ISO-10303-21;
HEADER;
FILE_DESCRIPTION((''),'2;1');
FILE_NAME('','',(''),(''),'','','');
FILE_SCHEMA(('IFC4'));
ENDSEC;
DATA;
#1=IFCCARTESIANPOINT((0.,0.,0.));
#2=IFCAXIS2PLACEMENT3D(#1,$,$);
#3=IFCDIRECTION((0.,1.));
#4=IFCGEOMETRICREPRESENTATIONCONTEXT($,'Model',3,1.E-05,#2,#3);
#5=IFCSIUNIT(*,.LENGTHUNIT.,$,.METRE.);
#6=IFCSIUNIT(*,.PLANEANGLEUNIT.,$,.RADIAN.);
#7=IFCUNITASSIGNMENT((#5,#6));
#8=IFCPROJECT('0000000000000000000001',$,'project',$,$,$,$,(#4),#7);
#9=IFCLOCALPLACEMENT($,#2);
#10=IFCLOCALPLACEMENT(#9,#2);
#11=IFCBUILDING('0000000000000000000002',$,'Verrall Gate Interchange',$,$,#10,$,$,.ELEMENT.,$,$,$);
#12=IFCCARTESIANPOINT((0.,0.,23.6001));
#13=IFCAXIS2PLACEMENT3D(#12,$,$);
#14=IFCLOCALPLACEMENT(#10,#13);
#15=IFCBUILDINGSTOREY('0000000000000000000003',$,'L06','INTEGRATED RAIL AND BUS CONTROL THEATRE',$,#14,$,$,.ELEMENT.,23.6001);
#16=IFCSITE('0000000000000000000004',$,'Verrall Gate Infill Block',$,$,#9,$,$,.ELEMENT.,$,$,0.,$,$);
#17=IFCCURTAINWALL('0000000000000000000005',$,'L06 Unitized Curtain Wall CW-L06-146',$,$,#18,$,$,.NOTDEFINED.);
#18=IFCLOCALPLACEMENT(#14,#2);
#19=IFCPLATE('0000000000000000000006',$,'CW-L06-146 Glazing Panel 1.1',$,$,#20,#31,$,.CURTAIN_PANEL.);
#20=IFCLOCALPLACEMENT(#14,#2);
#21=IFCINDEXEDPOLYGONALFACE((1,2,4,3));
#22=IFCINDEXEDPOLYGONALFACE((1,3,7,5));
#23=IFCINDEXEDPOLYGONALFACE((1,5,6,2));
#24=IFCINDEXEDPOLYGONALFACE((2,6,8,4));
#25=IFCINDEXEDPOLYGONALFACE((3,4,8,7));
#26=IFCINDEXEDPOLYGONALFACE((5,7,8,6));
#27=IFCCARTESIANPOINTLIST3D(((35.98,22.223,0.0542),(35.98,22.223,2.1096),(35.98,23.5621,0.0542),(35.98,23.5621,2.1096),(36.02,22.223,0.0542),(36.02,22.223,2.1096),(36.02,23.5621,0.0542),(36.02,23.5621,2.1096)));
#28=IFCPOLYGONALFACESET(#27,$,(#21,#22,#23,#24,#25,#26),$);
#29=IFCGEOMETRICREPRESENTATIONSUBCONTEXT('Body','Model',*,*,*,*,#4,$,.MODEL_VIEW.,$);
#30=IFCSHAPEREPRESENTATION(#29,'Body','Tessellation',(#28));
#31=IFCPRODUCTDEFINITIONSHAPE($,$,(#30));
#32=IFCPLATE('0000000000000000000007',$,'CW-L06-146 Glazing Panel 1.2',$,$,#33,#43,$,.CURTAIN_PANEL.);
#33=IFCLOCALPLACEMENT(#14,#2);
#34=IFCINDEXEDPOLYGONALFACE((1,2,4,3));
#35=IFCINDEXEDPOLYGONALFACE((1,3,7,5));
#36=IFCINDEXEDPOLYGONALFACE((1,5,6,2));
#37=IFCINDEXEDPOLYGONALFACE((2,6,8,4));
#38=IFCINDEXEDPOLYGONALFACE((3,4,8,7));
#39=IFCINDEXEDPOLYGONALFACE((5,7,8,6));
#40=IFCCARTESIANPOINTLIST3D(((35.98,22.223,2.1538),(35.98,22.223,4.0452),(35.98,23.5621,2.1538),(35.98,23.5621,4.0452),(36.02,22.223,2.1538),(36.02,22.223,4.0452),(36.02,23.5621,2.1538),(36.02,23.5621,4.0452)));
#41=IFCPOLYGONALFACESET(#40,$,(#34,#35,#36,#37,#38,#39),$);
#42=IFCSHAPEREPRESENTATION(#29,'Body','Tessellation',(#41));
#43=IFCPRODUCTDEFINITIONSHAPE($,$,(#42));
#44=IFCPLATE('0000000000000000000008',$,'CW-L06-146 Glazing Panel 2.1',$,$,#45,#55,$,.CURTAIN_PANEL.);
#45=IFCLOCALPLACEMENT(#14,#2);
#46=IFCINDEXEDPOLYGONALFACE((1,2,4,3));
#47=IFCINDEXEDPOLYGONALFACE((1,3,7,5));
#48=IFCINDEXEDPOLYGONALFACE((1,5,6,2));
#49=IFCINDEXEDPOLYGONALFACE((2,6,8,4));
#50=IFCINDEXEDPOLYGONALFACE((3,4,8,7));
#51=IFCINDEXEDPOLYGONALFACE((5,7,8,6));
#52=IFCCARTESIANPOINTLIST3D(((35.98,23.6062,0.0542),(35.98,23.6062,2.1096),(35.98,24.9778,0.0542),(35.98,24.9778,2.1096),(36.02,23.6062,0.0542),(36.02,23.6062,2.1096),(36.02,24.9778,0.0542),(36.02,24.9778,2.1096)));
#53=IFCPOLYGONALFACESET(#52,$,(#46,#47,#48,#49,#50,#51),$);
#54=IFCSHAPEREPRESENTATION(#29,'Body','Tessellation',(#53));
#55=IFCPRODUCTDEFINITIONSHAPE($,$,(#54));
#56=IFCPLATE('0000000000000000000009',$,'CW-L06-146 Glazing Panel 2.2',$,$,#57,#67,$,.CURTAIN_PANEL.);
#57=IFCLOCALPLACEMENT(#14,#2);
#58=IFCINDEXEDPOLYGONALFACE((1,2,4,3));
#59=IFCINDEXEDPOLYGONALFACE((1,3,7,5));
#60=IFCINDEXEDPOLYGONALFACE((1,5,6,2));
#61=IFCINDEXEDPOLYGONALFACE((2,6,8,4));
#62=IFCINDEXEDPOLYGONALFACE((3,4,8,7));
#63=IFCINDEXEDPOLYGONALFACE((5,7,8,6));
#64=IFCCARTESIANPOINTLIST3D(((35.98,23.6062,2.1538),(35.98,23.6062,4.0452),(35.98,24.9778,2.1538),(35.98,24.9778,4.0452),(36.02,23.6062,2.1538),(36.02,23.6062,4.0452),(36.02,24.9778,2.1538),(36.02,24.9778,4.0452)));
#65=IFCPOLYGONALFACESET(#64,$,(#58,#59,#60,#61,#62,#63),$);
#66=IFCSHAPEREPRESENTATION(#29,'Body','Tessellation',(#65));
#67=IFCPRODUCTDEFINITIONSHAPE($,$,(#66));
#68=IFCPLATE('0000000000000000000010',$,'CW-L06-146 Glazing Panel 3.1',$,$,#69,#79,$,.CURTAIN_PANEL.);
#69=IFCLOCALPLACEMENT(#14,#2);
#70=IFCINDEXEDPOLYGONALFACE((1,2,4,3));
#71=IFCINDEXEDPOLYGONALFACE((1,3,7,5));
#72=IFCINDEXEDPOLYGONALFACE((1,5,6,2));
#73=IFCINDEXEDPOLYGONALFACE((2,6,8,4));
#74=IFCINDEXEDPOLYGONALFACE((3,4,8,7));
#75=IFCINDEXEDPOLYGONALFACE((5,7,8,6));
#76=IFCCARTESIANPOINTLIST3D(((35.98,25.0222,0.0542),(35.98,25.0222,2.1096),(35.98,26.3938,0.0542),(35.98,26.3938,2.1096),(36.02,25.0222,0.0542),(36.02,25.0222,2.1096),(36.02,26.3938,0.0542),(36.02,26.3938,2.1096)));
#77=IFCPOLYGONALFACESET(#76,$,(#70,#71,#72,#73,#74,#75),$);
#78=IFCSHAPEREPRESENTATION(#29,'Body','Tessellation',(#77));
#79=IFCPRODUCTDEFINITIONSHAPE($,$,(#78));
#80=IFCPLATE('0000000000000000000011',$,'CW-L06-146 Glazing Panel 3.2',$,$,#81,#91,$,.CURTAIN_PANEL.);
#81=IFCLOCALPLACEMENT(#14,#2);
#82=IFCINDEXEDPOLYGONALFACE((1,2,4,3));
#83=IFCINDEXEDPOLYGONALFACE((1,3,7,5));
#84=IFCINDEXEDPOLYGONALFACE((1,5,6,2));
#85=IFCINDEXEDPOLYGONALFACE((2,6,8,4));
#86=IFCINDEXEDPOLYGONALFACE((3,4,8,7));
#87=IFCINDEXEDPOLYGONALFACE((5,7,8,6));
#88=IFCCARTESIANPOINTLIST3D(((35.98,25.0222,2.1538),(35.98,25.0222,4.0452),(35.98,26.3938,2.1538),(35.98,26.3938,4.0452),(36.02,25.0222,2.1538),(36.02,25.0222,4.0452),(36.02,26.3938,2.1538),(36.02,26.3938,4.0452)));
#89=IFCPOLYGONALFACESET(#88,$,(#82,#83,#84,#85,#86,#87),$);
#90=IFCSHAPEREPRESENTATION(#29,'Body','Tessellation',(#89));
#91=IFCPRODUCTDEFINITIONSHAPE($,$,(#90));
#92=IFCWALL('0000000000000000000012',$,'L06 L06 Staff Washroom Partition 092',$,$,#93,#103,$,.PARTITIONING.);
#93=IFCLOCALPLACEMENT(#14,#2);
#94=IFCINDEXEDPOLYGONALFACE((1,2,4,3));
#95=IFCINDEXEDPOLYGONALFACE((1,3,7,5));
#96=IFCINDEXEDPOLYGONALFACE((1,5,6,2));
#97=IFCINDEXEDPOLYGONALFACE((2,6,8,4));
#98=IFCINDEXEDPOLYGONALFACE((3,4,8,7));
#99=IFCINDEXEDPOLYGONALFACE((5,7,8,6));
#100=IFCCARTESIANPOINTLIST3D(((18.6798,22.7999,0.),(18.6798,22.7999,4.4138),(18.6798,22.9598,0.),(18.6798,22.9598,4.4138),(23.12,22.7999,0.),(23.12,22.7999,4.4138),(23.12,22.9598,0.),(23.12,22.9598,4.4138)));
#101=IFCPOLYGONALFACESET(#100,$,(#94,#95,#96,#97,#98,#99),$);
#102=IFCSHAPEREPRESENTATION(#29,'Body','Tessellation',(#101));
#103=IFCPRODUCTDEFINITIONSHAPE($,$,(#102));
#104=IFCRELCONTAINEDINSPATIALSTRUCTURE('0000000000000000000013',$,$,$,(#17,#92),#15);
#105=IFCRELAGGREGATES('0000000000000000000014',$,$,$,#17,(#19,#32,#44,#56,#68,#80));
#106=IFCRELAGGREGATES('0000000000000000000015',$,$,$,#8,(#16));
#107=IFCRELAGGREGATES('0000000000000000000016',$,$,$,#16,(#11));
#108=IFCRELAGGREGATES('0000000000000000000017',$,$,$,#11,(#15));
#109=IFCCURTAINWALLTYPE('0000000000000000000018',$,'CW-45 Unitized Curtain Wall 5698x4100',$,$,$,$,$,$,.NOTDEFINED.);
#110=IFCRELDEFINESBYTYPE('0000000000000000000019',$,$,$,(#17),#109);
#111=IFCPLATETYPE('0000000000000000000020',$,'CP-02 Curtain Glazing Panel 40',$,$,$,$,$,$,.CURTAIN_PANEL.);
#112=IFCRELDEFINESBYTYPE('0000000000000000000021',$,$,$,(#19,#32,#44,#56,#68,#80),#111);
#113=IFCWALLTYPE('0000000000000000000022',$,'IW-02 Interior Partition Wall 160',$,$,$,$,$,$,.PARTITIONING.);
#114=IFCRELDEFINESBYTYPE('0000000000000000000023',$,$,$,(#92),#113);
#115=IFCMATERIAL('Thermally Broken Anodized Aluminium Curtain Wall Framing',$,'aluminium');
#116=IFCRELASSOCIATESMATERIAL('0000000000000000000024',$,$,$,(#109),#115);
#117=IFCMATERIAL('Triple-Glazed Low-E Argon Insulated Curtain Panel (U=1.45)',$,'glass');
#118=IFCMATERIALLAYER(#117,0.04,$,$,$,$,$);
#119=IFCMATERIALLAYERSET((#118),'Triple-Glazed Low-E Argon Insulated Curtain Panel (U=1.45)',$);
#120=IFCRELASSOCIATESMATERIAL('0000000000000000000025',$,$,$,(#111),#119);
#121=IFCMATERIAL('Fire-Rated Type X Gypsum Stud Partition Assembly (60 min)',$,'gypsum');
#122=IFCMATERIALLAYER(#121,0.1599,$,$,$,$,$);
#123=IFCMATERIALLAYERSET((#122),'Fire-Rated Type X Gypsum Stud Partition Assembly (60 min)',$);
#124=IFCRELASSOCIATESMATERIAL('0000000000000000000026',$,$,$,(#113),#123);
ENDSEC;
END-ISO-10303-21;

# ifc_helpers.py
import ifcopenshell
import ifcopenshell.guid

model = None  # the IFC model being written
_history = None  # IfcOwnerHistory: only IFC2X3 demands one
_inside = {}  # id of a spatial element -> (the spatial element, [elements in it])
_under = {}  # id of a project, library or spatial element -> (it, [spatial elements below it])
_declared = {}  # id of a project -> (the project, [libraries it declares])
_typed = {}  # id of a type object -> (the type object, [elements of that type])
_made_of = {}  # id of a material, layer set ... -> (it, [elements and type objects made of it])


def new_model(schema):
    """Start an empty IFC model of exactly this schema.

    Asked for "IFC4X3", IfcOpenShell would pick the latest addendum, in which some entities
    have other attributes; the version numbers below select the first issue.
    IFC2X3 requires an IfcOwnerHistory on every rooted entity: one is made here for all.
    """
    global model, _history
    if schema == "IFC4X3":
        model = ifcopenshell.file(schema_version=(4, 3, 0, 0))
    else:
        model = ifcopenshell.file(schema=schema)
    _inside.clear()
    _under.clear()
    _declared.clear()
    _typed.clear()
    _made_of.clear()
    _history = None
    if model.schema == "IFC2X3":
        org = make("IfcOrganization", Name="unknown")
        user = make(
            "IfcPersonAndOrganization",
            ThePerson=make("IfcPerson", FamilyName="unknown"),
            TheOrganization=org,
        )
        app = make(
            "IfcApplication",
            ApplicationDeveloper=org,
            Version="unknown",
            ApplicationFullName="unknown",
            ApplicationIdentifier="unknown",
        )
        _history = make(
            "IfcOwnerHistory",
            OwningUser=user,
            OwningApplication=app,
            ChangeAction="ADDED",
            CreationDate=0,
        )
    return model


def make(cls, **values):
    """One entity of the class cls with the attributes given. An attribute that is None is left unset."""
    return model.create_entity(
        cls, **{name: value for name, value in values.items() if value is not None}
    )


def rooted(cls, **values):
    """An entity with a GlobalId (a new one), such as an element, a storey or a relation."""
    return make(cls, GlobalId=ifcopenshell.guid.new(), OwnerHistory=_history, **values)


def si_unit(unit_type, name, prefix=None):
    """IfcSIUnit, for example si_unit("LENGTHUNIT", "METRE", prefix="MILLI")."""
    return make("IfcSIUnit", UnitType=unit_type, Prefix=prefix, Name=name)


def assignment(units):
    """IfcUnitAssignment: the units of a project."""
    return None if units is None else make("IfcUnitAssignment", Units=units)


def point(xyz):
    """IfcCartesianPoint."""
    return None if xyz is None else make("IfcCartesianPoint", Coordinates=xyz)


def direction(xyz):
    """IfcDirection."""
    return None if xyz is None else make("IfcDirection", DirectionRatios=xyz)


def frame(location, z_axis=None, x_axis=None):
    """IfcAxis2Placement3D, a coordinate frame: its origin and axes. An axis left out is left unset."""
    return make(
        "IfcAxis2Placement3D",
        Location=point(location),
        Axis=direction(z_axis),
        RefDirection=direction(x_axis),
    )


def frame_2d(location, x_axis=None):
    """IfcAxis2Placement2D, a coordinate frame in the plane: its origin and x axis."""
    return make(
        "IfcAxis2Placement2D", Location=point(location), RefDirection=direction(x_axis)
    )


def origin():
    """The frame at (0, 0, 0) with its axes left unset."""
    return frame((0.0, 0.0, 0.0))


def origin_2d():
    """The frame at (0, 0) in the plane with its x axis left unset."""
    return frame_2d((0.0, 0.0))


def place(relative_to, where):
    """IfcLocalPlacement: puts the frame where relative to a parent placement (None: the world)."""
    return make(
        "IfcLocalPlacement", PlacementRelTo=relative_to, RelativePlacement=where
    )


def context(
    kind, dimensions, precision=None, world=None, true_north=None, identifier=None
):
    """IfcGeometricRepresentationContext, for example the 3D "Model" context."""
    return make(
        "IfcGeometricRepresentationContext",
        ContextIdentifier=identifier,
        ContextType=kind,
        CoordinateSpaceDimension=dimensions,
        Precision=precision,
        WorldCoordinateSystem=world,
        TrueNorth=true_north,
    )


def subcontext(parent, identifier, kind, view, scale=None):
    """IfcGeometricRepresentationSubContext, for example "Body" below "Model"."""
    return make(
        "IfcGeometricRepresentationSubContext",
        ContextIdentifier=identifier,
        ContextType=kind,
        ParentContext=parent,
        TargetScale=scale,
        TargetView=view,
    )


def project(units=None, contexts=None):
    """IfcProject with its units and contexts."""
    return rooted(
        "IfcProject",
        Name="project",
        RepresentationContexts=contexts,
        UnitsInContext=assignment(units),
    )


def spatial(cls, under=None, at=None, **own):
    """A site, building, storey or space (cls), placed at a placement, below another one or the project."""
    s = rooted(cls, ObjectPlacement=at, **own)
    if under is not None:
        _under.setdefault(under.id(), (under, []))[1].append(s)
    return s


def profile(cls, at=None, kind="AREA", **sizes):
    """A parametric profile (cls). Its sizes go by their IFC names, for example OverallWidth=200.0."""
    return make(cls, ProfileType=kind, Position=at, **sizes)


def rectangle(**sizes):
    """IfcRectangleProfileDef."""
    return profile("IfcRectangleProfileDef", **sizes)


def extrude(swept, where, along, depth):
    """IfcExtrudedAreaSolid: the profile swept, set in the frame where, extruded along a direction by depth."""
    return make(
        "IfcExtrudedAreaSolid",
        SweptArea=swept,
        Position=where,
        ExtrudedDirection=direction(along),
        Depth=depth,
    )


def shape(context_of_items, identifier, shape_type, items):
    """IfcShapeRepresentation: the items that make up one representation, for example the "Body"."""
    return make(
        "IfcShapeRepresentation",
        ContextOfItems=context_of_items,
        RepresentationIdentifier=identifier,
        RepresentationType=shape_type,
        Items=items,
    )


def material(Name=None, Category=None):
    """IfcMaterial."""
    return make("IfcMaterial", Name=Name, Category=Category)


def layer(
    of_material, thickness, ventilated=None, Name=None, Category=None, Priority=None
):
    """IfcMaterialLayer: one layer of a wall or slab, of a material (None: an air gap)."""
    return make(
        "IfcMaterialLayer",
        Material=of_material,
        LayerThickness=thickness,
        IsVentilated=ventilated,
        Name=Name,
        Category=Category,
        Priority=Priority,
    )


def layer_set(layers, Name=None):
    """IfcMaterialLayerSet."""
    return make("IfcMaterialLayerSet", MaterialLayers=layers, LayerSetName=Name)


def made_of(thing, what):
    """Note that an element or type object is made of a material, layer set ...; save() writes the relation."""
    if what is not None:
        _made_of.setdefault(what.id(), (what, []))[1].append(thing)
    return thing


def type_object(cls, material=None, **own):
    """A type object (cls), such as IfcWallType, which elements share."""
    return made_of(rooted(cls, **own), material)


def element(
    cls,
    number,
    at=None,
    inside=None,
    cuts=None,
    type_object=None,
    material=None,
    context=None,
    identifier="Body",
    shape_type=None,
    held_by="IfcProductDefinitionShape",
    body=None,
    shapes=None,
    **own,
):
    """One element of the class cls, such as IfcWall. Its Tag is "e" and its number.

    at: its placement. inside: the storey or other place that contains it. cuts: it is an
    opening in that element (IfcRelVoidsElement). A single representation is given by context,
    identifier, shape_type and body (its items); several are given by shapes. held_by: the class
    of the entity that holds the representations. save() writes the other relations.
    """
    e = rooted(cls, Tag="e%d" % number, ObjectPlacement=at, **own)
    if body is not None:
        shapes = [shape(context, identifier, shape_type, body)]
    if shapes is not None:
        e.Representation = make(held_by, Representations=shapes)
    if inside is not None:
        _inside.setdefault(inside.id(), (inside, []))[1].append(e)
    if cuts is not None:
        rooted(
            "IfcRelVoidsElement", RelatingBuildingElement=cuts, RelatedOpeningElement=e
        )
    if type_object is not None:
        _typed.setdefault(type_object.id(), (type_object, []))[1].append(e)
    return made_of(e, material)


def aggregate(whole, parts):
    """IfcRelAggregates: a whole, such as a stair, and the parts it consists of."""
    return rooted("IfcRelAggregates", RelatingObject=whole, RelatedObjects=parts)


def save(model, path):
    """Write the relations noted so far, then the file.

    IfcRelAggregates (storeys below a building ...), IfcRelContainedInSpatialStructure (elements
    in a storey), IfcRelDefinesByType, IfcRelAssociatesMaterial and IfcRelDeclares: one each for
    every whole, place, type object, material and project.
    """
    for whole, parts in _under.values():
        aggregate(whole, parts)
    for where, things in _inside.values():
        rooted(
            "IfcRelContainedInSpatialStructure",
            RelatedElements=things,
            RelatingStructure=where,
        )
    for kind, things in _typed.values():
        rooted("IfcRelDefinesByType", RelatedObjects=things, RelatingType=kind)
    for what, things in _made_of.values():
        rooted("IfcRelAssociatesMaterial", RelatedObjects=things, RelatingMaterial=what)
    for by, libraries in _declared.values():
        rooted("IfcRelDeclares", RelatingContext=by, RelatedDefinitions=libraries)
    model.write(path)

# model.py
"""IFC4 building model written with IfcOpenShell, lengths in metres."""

from ifc_helpers import new_model, si_unit, direction, frame, frame_2d, origin, origin_2d, place, context, subcontext, project, spatial, rectangle, extrude, material, layer, layer_set, type_object, element, aggregate, save


model = new_model("IFC4")

# Units and contexts
model_context = context("Model", 3, precision=1e-05, world=origin(), true_north=direction((0.0, 1.0)))
body_context = subcontext(model_context, "Body", "Model", "MODEL_VIEW")
ifc_project = project(units=[si_unit("LENGTHUNIT", "METRE"), si_unit("PLANEANGLEUNIT", "RADIAN")], contexts=[model_context])

# Site, building, storey
site_placement = place(None, origin())
site = spatial("IfcSite", under=ifc_project, at=site_placement, Name="Verrall Gate Infill Block", CompositionType="ELEMENT", RefElevation=0.0)
building_placement = place(site_placement, origin())
building = spatial("IfcBuilding", under=site, at=building_placement, Name="Verrall Gate Interchange", CompositionType="ELEMENT")
storey_placement = place(building_placement, frame((0.0, 0.0, 23.6001)))
storey = spatial("IfcBuildingStorey", under=building, at=storey_placement, Name="L06", Description="INTEGRATED RAIL AND BUS CONTROL THEATRE", CompositionType="ELEMENT", Elevation=23.6001)

# Curtain wall
ifc_material_1 = material(Name="Thermally Broken Anodized Aluminium Curtain Wall Framing", Category="aluminium")
curtain_wall_type = type_object("IfcCurtainWallType", Name="CW-45 Unitized Curtain Wall 5698x4100", PredefinedType="NOTDEFINED", material=ifc_material_1)
curtain_wall_1_placement = place(storey_placement, origin())
curtain_wall_1 = element("IfcCurtainWall", 1, at=curtain_wall_1_placement, inside=storey, type_object=curtain_wall_type, Name="L06 Unitized Curtain Wall CW-L06-146", PredefinedType="NOTDEFINED")

# Plates
ifc_material_2 = material(Name="Triple-Glazed Low-E Argon Insulated Curtain Panel (U=1.45)", Category="glass")
ifc_layer_1 = layer(ifc_material_2, 0.04)
ifc_layer_set_1 = layer_set([ifc_layer_1], Name="Triple-Glazed Low-E Argon Insulated Curtain Panel (U=1.45)")
plate_type_1 = type_object("IfcPlateType", Name="CP-02 Curtain Glazing Panel 40", PredefinedType="CURTAIN_PANEL", material=ifc_layer_set_1)
plate_1_placement = place(storey_placement, frame((36.0, 22.8926, 0.0542), z_axis=(0.0, 0.0, 1.0), x_axis=(0.0, 1.0, 0.0)))
plate_1 = element("IfcPlate", 2, at=plate_1_placement, type_object=plate_type_1, Name="CW-L06-146 Glazing Panel 1.1", PredefinedType="CURTAIN_PANEL", context=body_context, shape_type="SweptSolid", body=[
    extrude(rectangle(XDim=1.3391, YDim=0.04, at=origin_2d()), origin(), (0.0, 0.0, 1.0), 2.0554),
])
plate_2_placement = place(storey_placement, frame((36.0, 22.8926, 2.1538), z_axis=(0.0, 0.0, 1.0), x_axis=(0.0, 1.0, 0.0)))
plate_2 = element("IfcPlate", 3, at=plate_2_placement, type_object=plate_type_1, Name="CW-L06-146 Glazing Panel 1.2", PredefinedType="CURTAIN_PANEL", context=body_context, shape_type="SweptSolid", body=[
    extrude(rectangle(XDim=1.3391, YDim=0.04, at=origin_2d()), origin(), (0.0, 0.0, 1.0), 1.8914),
])
plate_3_placement = place(storey_placement, frame((36.0, 24.292, 0.0542), z_axis=(0.0, 0.0, 1.0), x_axis=(0.0, 1.0, 0.0)))
plate_3 = element("IfcPlate", 4, at=plate_3_placement, type_object=plate_type_1, Name="CW-L06-146 Glazing Panel 2.1", PredefinedType="CURTAIN_PANEL", context=body_context, shape_type="SweptSolid", body=[
    extrude(rectangle(XDim=1.3716, YDim=0.04, at=origin_2d()), origin(), (0.0, 0.0, 1.0), 2.0554),
])
plate_4_placement = place(storey_placement, frame((36.0, 24.292, 2.1538), z_axis=(0.0, 0.0, 1.0), x_axis=(0.0, 1.0, 0.0)))
plate_4 = element("IfcPlate", 5, at=plate_4_placement, type_object=plate_type_1, Name="CW-L06-146 Glazing Panel 2.2", PredefinedType="CURTAIN_PANEL", context=body_context, shape_type="SweptSolid", body=[
    extrude(rectangle(XDim=1.3716, YDim=0.04, at=origin_2d()), origin(), (0.0, 0.0, 1.0), 1.8914),
])
plate_5_placement = place(storey_placement, frame((36.0, 25.708, 0.0542), z_axis=(0.0, 0.0, 1.0), x_axis=(0.0, 1.0, 0.0)))
plate_5 = element("IfcPlate", 6, at=plate_5_placement, type_object=plate_type_1, Name="CW-L06-146 Glazing Panel 3.1", PredefinedType="CURTAIN_PANEL", context=body_context, shape_type="SweptSolid", body=[
    extrude(rectangle(XDim=1.3716, YDim=0.04, at=origin_2d()), origin(), (0.0, 0.0, 1.0), 2.0554),
])
plate_6_placement = place(storey_placement, frame((36.0, 25.708, 2.1538), z_axis=(0.0, 0.0, 1.0), x_axis=(0.0, 1.0, 0.0)))
plate_6 = element("IfcPlate", 7, at=plate_6_placement, type_object=plate_type_1, Name="CW-L06-146 Glazing Panel 3.2", PredefinedType="CURTAIN_PANEL", context=body_context, shape_type="SweptSolid", body=[
    extrude(rectangle(XDim=1.3716, YDim=0.04, at=origin_2d()), origin(), (0.0, 0.0, 1.0), 1.8914),
])
aggregate(curtain_wall_1, [plate_1, plate_2, plate_3, plate_4, plate_5, plate_6])

# Wall
ifc_material_3 = material(Name="Fire-Rated Type X Gypsum Stud Partition Assembly (60 min)", Category="gypsum")
ifc_layer_2 = layer(ifc_material_3, 0.1599)
ifc_layer_set_2 = layer_set([ifc_layer_2], Name="Fire-Rated Type X Gypsum Stud Partition Assembly (60 min)")
wall_type = type_object("IfcWallType", Name="IW-02 Interior Partition Wall 160", PredefinedType="PARTITIONING", material=ifc_layer_set_2)
wall_placement = place(storey_placement, frame((23.1201, 22.8799, 0.0), z_axis=(0.0, 0.0, 1.0), x_axis=(-1.0, 0.0, 0.0)))
element("IfcWall", 8, at=wall_placement, inside=storey, type_object=wall_type, Name="L06 L06 Staff Washroom Partition 092", PredefinedType="PARTITIONING", context=body_context, shape_type="SweptSolid", body=[
    extrude(rectangle(XDim=4.4402, YDim=0.1599, at=frame_2d((2.2202, 0.0))), origin(), (0.0, 0.0, 1.0), 4.4138),
])

save(model, "model.ifc")
